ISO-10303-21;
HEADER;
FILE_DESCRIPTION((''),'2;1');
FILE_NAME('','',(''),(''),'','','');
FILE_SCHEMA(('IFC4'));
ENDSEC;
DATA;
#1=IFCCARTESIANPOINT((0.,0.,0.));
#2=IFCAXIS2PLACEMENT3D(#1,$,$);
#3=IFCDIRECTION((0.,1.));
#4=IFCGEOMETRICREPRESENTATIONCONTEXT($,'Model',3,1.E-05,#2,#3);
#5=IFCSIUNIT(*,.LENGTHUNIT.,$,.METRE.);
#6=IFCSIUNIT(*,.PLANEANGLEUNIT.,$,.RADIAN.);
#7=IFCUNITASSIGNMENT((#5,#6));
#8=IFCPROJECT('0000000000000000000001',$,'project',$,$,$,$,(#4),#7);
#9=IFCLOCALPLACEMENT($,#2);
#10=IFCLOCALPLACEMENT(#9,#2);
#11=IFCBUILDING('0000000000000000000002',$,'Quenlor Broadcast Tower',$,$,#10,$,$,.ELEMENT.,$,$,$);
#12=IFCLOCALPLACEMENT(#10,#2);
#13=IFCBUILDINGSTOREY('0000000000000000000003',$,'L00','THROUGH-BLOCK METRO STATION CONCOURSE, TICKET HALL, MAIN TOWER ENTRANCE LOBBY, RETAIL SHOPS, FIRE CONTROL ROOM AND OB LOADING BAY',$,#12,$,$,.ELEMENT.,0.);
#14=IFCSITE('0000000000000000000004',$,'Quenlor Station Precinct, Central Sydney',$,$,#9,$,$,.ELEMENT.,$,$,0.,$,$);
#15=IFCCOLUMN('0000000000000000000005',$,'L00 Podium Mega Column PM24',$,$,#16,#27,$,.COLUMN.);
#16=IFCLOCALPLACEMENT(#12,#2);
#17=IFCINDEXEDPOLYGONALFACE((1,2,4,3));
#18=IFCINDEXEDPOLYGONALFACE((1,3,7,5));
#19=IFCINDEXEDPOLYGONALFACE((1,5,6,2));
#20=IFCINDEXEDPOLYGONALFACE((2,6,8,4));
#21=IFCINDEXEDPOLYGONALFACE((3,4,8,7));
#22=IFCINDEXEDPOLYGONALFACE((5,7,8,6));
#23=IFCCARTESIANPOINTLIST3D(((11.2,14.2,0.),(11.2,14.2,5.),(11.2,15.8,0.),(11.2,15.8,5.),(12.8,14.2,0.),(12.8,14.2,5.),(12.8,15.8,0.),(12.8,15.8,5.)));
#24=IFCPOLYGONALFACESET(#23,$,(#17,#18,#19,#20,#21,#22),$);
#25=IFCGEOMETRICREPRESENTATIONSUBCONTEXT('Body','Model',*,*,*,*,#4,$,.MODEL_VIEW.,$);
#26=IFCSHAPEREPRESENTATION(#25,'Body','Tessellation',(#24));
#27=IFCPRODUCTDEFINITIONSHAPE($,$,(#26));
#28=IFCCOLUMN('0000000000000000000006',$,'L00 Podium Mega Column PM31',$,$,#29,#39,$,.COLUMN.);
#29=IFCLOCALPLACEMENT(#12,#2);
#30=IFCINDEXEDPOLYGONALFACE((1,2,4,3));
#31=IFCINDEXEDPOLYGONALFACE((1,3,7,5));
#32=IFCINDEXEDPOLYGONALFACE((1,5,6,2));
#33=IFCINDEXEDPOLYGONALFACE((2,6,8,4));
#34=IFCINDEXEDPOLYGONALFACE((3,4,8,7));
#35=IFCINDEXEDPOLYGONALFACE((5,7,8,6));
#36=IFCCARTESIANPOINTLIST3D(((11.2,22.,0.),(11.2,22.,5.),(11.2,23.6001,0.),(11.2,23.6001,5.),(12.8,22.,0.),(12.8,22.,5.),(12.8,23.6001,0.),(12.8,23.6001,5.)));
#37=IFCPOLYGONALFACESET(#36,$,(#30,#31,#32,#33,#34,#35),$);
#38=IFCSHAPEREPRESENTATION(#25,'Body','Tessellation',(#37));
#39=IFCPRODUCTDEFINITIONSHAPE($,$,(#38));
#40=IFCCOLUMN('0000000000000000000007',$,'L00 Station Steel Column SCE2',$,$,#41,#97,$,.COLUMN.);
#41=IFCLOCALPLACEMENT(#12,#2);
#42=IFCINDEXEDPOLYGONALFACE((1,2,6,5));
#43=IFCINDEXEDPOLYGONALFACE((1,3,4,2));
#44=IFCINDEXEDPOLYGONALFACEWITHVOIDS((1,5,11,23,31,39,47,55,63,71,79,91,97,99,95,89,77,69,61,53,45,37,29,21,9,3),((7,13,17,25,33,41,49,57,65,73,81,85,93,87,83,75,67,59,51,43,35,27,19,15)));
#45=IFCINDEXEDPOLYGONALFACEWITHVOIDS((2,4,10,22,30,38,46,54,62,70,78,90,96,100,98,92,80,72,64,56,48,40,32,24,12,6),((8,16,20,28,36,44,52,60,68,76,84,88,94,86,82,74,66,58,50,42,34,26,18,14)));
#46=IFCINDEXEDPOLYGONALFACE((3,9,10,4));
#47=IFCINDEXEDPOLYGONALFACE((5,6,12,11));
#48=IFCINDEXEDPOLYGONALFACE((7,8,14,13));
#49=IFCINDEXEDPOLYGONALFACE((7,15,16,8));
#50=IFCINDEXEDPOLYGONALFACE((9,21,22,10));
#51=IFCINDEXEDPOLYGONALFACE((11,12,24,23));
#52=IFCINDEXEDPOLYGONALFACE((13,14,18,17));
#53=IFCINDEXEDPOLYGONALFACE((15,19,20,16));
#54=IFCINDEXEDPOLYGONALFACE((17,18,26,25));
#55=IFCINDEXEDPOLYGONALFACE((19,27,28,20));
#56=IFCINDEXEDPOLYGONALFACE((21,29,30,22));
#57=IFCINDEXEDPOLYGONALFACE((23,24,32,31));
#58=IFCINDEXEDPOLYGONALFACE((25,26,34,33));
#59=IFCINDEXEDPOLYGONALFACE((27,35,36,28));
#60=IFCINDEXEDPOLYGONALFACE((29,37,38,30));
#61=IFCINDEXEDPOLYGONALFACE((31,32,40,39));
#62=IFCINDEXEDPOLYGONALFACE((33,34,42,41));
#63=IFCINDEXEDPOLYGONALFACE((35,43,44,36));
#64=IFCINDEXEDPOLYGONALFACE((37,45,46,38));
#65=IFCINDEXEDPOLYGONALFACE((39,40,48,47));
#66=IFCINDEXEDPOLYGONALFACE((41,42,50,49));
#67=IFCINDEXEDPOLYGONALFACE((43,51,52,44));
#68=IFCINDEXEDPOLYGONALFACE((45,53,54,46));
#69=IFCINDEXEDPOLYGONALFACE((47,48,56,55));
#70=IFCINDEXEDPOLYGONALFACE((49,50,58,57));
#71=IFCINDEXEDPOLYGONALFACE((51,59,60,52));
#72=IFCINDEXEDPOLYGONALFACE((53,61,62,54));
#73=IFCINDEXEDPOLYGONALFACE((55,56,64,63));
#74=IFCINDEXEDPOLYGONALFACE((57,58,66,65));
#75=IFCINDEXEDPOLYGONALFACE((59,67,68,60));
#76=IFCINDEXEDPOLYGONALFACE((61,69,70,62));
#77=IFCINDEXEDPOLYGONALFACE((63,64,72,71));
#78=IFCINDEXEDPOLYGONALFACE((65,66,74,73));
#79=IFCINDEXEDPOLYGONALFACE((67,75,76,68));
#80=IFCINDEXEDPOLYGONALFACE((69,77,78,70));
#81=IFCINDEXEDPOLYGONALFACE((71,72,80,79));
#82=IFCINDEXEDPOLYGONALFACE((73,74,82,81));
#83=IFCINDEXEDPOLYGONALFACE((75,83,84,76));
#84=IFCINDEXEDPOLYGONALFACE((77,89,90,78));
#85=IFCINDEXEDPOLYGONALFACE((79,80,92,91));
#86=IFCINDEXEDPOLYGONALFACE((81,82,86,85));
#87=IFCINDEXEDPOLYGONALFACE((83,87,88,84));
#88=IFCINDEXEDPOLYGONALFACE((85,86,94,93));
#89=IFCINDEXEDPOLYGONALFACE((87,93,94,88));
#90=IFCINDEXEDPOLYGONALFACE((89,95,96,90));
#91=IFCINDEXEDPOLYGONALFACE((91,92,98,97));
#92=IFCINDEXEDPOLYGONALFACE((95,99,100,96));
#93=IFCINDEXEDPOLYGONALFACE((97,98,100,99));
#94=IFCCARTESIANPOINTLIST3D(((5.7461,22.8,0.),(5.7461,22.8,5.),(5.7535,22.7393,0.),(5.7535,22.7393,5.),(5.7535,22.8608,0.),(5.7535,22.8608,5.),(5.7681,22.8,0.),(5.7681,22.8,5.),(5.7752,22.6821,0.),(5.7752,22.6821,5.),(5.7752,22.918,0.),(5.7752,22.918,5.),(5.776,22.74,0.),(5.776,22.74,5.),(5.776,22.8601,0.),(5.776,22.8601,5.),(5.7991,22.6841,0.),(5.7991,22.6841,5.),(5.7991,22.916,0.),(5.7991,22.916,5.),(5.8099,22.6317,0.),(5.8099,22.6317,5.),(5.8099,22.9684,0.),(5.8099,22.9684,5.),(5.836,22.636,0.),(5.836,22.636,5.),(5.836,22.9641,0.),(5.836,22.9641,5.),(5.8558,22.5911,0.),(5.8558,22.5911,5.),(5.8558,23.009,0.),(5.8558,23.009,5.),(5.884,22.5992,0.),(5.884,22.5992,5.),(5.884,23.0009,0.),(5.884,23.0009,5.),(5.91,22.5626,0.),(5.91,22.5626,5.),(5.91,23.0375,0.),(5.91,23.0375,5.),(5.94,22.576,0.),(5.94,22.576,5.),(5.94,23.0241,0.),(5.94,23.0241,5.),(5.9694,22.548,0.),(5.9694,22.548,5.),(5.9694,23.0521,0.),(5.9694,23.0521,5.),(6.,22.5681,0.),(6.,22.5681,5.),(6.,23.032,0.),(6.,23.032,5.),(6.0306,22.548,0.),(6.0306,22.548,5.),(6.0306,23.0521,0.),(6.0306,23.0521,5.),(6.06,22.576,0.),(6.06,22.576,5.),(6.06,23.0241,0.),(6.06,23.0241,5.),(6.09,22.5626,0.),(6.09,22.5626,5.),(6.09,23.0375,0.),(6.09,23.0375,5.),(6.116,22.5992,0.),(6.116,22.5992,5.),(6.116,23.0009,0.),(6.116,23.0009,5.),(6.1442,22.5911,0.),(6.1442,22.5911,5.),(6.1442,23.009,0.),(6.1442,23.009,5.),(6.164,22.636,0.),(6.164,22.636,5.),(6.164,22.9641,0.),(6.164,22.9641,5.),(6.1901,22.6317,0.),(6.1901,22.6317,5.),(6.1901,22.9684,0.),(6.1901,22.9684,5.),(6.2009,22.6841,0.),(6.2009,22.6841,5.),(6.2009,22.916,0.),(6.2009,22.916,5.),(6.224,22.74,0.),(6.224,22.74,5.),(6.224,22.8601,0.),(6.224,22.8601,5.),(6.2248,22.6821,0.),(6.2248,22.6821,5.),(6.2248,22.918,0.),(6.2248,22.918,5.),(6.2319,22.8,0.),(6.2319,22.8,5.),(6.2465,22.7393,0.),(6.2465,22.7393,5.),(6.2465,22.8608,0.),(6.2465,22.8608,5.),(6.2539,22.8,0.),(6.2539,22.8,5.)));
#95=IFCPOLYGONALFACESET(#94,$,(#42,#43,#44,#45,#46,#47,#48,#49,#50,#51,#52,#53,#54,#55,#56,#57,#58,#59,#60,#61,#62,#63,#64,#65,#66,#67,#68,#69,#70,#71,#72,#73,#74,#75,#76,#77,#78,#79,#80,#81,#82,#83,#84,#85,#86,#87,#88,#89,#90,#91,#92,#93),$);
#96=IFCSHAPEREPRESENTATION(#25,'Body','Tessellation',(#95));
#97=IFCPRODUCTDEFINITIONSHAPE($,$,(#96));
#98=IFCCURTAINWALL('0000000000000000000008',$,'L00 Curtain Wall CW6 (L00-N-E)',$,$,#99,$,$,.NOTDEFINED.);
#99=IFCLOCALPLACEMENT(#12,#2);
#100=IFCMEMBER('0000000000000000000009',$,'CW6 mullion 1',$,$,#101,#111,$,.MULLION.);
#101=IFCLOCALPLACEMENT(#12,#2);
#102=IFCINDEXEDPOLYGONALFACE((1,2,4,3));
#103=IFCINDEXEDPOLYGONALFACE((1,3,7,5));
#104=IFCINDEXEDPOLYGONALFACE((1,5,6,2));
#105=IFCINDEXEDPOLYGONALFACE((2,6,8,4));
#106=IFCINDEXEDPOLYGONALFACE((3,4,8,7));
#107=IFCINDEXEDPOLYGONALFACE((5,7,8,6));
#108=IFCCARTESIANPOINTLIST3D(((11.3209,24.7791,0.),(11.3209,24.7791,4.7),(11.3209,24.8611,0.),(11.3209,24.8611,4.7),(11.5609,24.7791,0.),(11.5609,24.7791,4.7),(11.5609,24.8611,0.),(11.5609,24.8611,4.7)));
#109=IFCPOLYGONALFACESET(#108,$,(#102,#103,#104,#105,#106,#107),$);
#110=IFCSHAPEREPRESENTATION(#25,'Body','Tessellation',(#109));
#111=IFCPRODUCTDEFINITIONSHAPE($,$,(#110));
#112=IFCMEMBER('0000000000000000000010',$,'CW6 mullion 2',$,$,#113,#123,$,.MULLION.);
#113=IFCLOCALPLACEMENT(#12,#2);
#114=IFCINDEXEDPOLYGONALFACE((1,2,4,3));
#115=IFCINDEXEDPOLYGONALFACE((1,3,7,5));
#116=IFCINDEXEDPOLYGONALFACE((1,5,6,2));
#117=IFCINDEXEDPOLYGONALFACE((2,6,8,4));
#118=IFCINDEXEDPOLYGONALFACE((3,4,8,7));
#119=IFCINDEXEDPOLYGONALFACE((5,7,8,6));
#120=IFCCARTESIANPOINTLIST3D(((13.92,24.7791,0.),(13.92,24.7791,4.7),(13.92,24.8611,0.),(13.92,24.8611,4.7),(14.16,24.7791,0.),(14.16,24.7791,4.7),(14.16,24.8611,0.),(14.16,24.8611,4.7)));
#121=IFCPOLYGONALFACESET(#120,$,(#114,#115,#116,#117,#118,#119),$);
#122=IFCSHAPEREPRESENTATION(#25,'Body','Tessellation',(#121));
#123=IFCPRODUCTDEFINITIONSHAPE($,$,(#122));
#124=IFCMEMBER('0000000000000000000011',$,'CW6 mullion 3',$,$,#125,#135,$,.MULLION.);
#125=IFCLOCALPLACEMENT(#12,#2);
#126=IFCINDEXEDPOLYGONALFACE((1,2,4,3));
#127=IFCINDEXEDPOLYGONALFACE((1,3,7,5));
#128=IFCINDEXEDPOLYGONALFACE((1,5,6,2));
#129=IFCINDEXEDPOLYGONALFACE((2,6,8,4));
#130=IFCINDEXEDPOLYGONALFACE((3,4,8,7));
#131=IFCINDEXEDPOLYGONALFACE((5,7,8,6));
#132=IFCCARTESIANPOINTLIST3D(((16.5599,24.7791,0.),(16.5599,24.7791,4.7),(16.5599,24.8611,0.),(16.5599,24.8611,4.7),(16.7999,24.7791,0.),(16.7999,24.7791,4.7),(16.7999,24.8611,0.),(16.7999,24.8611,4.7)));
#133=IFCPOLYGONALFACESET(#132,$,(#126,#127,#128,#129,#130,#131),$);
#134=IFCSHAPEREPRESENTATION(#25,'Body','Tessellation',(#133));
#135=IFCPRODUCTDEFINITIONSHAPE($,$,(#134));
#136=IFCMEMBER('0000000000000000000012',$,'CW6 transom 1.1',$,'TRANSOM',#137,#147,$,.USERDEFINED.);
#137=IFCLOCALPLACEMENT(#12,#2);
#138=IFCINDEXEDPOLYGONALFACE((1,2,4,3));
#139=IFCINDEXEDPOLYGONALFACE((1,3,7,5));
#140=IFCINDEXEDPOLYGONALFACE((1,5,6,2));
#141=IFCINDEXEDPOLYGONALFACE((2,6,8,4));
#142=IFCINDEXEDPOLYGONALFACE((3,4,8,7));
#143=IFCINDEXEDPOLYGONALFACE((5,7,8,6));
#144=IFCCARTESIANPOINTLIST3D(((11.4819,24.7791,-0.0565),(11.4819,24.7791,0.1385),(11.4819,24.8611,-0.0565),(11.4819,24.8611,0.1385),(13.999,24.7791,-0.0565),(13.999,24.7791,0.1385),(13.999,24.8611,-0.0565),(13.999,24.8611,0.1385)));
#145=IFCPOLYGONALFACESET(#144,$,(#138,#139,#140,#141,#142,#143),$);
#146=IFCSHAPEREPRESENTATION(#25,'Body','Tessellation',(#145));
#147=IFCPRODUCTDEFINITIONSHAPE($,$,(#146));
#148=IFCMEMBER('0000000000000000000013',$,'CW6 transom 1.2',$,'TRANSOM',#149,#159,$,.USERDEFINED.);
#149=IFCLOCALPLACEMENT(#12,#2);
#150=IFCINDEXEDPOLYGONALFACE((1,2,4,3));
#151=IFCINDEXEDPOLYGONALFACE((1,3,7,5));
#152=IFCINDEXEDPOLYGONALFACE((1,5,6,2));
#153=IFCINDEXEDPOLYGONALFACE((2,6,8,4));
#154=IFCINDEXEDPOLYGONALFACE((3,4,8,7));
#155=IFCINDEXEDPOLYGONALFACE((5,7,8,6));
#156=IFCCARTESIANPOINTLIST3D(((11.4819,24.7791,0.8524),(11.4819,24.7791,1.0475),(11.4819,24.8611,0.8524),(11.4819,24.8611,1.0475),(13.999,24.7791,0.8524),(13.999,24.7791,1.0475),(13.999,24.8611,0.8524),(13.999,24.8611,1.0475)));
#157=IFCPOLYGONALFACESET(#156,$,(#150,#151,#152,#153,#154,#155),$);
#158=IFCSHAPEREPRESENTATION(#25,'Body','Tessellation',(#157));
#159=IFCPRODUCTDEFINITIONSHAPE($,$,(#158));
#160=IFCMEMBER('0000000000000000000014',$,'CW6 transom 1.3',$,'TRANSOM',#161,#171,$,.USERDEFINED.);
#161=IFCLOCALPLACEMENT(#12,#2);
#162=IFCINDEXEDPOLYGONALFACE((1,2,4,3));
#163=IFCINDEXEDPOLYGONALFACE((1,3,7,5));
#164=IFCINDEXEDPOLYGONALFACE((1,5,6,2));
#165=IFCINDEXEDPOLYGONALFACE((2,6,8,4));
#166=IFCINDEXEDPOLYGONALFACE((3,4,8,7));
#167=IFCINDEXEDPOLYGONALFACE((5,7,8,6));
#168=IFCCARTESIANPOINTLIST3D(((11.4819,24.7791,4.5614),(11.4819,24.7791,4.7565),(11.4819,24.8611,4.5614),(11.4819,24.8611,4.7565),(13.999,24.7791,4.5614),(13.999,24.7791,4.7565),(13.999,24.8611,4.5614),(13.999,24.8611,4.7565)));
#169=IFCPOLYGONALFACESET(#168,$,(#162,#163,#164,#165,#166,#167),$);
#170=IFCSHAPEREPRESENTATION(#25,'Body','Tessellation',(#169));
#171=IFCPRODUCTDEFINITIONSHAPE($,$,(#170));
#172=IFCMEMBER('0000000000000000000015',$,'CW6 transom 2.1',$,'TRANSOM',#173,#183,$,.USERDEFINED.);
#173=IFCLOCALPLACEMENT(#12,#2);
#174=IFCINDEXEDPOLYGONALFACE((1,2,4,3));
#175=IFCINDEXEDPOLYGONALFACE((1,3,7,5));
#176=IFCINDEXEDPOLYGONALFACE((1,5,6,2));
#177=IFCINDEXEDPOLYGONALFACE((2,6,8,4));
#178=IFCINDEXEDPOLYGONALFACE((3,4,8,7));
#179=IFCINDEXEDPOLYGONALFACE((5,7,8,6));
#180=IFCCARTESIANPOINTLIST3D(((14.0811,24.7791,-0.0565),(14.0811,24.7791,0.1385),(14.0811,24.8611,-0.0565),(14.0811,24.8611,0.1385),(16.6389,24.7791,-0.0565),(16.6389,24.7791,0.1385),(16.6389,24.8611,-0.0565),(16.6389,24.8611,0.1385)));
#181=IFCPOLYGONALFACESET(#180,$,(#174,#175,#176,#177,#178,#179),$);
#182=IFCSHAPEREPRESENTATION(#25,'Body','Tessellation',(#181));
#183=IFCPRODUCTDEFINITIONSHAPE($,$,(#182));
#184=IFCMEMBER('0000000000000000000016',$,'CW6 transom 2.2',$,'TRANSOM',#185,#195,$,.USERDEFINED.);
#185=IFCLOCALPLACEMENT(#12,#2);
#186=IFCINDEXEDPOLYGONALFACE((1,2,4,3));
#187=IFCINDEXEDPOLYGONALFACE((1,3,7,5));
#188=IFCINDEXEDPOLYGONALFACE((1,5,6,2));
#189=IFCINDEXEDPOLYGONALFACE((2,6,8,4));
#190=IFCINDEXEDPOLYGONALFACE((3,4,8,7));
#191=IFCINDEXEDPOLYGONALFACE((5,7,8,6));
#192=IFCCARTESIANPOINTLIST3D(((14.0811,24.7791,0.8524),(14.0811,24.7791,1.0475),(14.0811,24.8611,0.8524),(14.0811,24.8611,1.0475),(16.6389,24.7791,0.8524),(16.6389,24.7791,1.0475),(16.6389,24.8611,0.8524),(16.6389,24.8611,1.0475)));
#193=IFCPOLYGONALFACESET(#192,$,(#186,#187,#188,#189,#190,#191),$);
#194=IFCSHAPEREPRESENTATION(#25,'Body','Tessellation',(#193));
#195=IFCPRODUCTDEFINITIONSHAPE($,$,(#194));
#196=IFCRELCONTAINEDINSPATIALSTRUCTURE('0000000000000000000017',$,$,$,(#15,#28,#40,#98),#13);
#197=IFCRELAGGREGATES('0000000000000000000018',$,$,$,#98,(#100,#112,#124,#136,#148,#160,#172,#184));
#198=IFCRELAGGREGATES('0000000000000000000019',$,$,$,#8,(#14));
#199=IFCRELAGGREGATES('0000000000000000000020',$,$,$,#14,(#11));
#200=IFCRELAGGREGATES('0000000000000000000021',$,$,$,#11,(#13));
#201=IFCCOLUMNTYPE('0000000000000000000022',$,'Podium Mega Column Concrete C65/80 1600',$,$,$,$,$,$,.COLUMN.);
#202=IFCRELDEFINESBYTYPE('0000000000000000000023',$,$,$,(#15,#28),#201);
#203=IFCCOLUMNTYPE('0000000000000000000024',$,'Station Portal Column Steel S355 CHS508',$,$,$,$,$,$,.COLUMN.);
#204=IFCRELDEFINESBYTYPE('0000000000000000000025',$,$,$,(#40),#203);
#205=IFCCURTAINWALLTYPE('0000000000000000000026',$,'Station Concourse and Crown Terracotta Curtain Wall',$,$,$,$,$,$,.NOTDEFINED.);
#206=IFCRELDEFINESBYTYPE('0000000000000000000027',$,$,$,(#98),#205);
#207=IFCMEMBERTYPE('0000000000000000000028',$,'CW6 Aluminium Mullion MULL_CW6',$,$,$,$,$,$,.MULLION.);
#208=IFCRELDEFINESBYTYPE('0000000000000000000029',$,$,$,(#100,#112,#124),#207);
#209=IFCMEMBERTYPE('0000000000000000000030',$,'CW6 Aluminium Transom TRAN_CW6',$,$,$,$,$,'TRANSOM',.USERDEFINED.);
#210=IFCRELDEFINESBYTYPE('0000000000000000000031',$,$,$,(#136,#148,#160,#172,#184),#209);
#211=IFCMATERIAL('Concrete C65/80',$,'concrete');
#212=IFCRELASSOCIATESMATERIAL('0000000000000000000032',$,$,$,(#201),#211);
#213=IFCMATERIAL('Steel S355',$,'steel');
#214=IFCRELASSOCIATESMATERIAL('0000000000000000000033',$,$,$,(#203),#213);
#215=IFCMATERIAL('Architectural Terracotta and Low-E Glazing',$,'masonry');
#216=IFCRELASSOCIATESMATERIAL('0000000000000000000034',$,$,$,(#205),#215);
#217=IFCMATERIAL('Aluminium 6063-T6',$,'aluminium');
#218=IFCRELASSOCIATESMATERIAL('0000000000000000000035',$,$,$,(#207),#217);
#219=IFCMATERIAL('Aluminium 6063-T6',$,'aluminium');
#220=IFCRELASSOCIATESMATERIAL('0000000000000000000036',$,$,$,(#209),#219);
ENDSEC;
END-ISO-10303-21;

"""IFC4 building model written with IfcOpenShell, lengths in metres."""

from ifc_helpers import new_model, si_unit, direction, frame, origin, origin_2d, place, context, subcontext, project, spatial, rectangle, hollow_circle, extrude, material, material_profile, profile_set, type_object, element, aggregate, save


model = new_model("IFC4")

# Units and contexts
model_context = context("Model", 3, precision=1e-05, world=origin(), true_north=direction((0.0, 1.0)))
body_context = subcontext(model_context, "Body", "Model", "MODEL_VIEW")
ifc_project = project(units=[si_unit("LENGTHUNIT", "METRE"), si_unit("PLANEANGLEUNIT", "RADIAN")], contexts=[model_context])

# Site, building, storey
site_placement = place(None, origin())
site = spatial("IfcSite", under=ifc_project, at=site_placement, Name="Quenlor Station Precinct, Central Sydney", CompositionType="ELEMENT", RefElevation=0.0)
building_placement = place(site_placement, origin())
building = spatial("IfcBuilding", under=site, at=building_placement, Name="Quenlor Broadcast Tower", CompositionType="ELEMENT")
storey_placement = place(building_placement, origin())
storey = spatial("IfcBuildingStorey", under=building, at=storey_placement, Name="L00", Description="THROUGH-BLOCK METRO STATION CONCOURSE, TICKET HALL, MAIN TOWER ENTRANCE LOBBY, RETAIL SHOPS, FIRE CONTROL ROOM AND OB LOADING BAY", CompositionType="ELEMENT", Elevation=0.0)

# Columns
ifc_material_1 = material(Name="Concrete C65/80", Category="concrete")
ifc_material_profile_1 = material_profile(ifc_material_1, rectangle(XDim=1.6001, YDim=1.6001, at=origin_2d()))
ifc_profile_set_1 = profile_set([ifc_material_profile_1], Name="Concrete C65/80 RC1600x1600")
column_type_1 = type_object("IfcColumnType", Name="Podium Mega Column Concrete C65/80 1600", PredefinedType="COLUMN", material=ifc_profile_set_1)
for number, where, z_axis, x_axis, name in (
    (1, (12.0, 15.0, 0.0), (0.0, 0.0, 1.0), (1.0, 0.0, 0.0), "L00 Podium Mega Column PM24"),
    (2, (12.0, 22.8, 0.0), (0.0, 0.0, 1.0), (1.0, 0.0, 0.0), "L00 Podium Mega Column PM31"),
):
    element("IfcColumn", number, at=place(storey_placement, frame(where, z_axis=z_axis, x_axis=x_axis)), inside=storey, type_object=column_type_1, Name=name, PredefinedType="COLUMN", context=body_context, shape_type="SweptSolid", body=[
        extrude(rectangle(XDim=1.6001, YDim=1.6001, at=origin_2d()), origin(), (0.0, 0.0, 1.0), 5.0),
    ])
ifc_material_2 = material(Name="Steel S355", Category="steel")
ifc_material_profile_2 = material_profile(ifc_material_2, hollow_circle(Radius=0.2539, WallThickness=0.022, at=origin_2d()))
ifc_profile_set_2 = profile_set([ifc_material_profile_2], Name="Steel S355 CHS508x22")
column_type_2 = type_object("IfcColumnType", Name="Station Portal Column Steel S355 CHS508", PredefinedType="COLUMN", material=ifc_profile_set_2)
column_placement = place(storey_placement, frame((6.0, 22.8, 0.0), z_axis=(0.0, 0.0, 1.0), x_axis=(1.0, 0.0, 0.0)))
element("IfcColumn", 3, at=column_placement, inside=storey, type_object=column_type_2, Name="L00 Station Steel Column SCE2", PredefinedType="COLUMN", context=body_context, shape_type="SweptSolid", body=[
    extrude(hollow_circle(Radius=0.2539, WallThickness=0.022, at=origin_2d()), origin(), (0.0, 0.0, 1.0), 5.0),
])

# Curtain wall, members
ifc_material_3 = material(Name="Architectural Terracotta and Low-E Glazing", Category="masonry")
curtain_wall_type = type_object("IfcCurtainWallType", Name="Station Concourse and Crown Terracotta Curtain Wall", PredefinedType="NOTDEFINED", material=ifc_material_3)
curtain_wall_placement = place(storey_placement, origin())
curtain_wall = element("IfcCurtainWall", 4, at=curtain_wall_placement, inside=storey, type_object=curtain_wall_type, Name="L00 Curtain Wall CW6 (L00-N-E)", PredefinedType="NOTDEFINED")
ifc_material_4 = material(Name="Aluminium 6063-T6", Category="aluminium")
ifc_material_profile_3 = material_profile(ifc_material_4, rectangle(XDim=0.082, YDim=0.24, at=origin_2d()))
ifc_profile_set_3 = profile_set([ifc_material_profile_3], Name="Aluminium 6063-T6 MULL82x240")
member_type_1 = type_object("IfcMemberType", Name="CW6 Aluminium Mullion MULL_CW6", PredefinedType="MULLION", material=ifc_profile_set_3)
member_1_placement = place(storey_placement, frame((11.4409, 24.8201, 0.0), z_axis=(0.0, 0.0, 1.0), x_axis=(0.0, 1.0, 0.0)))
member_1 = element("IfcMember", 5, at=member_1_placement, type_object=member_type_1, Name="CW6 mullion 1", PredefinedType="MULLION", context=body_context, shape_type="SweptSolid", body=[
    extrude(rectangle(XDim=0.082, YDim=0.24, at=origin_2d()), origin(), (0.0, 0.0, 1.0), 4.7),
])
member_2_placement = place(storey_placement, frame((14.04, 24.8201, 0.0), z_axis=(0.0, 0.0, 1.0), x_axis=(0.0, 1.0, 0.0)))
member_2 = element("IfcMember", 6, at=member_2_placement, type_object=member_type_1, Name="CW6 mullion 2", PredefinedType="MULLION", context=body_context, shape_type="SweptSolid", body=[
    extrude(rectangle(XDim=0.082, YDim=0.24, at=origin_2d()), origin(), (0.0, 0.0, 1.0), 4.7),
])
member_3_placement = place(storey_placement, frame((16.6799, 24.8201, 0.0), z_axis=(0.0, 0.0, 1.0), x_axis=(0.0, 1.0, 0.0)))
member_3 = element("IfcMember", 7, at=member_3_placement, type_object=member_type_1, Name="CW6 mullion 3", PredefinedType="MULLION", context=body_context, shape_type="SweptSolid", body=[
    extrude(rectangle(XDim=0.082, YDim=0.24, at=origin_2d()), origin(), (0.0, 0.0, 1.0), 4.7),
])
ifc_material_5 = material(Name="Aluminium 6063-T6", Category="aluminium")
ifc_material_profile_4 = material_profile(ifc_material_5, rectangle(XDim=0.082, YDim=0.1951, at=origin_2d()))
ifc_profile_set_4 = profile_set([ifc_material_profile_4], Name="Aluminium 6063-T6 TRAN82x195")
member_type_2 = type_object("IfcMemberType", Name="CW6 Aluminium Transom TRAN_CW6", ElementType="TRANSOM", PredefinedType="USERDEFINED", material=ifc_profile_set_4)
member_4_placement = place(storey_placement, frame((11.4819, 24.8201, 0.041), z_axis=(1.0, 0.0, 0.0), x_axis=(0.0, 1.0, 0.0)))
member_4 = element("IfcMember", 8, at=member_4_placement, type_object=member_type_2, Name="CW6 transom 1.1", ObjectType="TRANSOM", PredefinedType="USERDEFINED", context=body_context, shape_type="SweptSolid", body=[
    extrude(rectangle(XDim=0.082, YDim=0.1951, at=origin_2d()), origin(), (0.0, 0.0, 1.0), 2.5171),
])
member_5_placement = place(storey_placement, frame((11.4819, 24.8201, 0.95), z_axis=(1.0, 0.0, 0.0), x_axis=(0.0, 1.0, 0.0)))
member_5 = element("IfcMember", 9, at=member_5_placement, type_object=member_type_2, Name="CW6 transom 1.2", ObjectType="TRANSOM", PredefinedType="USERDEFINED", context=body_context, shape_type="SweptSolid", body=[
    extrude(rectangle(XDim=0.082, YDim=0.1951, at=origin_2d()), origin(), (0.0, 0.0, 1.0), 2.5171),
])
member_6_placement = place(storey_placement, frame((11.4819, 24.8201, 4.6589), z_axis=(1.0, 0.0, 0.0), x_axis=(0.0, 1.0, 0.0)))
member_6 = element("IfcMember", 10, at=member_6_placement, type_object=member_type_2, Name="CW6 transom 1.3", ObjectType="TRANSOM", PredefinedType="USERDEFINED", context=body_context, shape_type="SweptSolid", body=[
    extrude(rectangle(XDim=0.082, YDim=0.1951, at=origin_2d()), origin(), (0.0, 0.0, 1.0), 2.5171),
])
member_7_placement = place(storey_placement, frame((14.0811, 24.8201, 0.041), z_axis=(1.0, 0.0, 0.0), x_axis=(0.0, 1.0, 0.0)))
member_7 = element("IfcMember", 11, at=member_7_placement, type_object=member_type_2, Name="CW6 transom 2.1", ObjectType="TRANSOM", PredefinedType="USERDEFINED", context=body_context, shape_type="SweptSolid", body=[
    extrude(rectangle(XDim=0.082, YDim=0.1951, at=origin_2d()), origin(), (0.0, 0.0, 1.0), 2.5579),
])
member_8_placement = place(storey_placement, frame((14.0811, 24.8201, 0.95), z_axis=(1.0, 0.0, 0.0), x_axis=(0.0, 1.0, 0.0)))
member_8 = element("IfcMember", 12, at=member_8_placement, type_object=member_type_2, Name="CW6 transom 2.2", ObjectType="TRANSOM", PredefinedType="USERDEFINED", context=body_context, shape_type="SweptSolid", body=[
    extrude(rectangle(XDim=0.082, YDim=0.1951, at=origin_2d()), origin(), (0.0, 0.0, 1.0), 2.5579),
])

aggregate(curtain_wall, [member_1, member_2, member_3, member_4, member_5, member_6, member_7, member_8])

save(model, "model.ifc")
